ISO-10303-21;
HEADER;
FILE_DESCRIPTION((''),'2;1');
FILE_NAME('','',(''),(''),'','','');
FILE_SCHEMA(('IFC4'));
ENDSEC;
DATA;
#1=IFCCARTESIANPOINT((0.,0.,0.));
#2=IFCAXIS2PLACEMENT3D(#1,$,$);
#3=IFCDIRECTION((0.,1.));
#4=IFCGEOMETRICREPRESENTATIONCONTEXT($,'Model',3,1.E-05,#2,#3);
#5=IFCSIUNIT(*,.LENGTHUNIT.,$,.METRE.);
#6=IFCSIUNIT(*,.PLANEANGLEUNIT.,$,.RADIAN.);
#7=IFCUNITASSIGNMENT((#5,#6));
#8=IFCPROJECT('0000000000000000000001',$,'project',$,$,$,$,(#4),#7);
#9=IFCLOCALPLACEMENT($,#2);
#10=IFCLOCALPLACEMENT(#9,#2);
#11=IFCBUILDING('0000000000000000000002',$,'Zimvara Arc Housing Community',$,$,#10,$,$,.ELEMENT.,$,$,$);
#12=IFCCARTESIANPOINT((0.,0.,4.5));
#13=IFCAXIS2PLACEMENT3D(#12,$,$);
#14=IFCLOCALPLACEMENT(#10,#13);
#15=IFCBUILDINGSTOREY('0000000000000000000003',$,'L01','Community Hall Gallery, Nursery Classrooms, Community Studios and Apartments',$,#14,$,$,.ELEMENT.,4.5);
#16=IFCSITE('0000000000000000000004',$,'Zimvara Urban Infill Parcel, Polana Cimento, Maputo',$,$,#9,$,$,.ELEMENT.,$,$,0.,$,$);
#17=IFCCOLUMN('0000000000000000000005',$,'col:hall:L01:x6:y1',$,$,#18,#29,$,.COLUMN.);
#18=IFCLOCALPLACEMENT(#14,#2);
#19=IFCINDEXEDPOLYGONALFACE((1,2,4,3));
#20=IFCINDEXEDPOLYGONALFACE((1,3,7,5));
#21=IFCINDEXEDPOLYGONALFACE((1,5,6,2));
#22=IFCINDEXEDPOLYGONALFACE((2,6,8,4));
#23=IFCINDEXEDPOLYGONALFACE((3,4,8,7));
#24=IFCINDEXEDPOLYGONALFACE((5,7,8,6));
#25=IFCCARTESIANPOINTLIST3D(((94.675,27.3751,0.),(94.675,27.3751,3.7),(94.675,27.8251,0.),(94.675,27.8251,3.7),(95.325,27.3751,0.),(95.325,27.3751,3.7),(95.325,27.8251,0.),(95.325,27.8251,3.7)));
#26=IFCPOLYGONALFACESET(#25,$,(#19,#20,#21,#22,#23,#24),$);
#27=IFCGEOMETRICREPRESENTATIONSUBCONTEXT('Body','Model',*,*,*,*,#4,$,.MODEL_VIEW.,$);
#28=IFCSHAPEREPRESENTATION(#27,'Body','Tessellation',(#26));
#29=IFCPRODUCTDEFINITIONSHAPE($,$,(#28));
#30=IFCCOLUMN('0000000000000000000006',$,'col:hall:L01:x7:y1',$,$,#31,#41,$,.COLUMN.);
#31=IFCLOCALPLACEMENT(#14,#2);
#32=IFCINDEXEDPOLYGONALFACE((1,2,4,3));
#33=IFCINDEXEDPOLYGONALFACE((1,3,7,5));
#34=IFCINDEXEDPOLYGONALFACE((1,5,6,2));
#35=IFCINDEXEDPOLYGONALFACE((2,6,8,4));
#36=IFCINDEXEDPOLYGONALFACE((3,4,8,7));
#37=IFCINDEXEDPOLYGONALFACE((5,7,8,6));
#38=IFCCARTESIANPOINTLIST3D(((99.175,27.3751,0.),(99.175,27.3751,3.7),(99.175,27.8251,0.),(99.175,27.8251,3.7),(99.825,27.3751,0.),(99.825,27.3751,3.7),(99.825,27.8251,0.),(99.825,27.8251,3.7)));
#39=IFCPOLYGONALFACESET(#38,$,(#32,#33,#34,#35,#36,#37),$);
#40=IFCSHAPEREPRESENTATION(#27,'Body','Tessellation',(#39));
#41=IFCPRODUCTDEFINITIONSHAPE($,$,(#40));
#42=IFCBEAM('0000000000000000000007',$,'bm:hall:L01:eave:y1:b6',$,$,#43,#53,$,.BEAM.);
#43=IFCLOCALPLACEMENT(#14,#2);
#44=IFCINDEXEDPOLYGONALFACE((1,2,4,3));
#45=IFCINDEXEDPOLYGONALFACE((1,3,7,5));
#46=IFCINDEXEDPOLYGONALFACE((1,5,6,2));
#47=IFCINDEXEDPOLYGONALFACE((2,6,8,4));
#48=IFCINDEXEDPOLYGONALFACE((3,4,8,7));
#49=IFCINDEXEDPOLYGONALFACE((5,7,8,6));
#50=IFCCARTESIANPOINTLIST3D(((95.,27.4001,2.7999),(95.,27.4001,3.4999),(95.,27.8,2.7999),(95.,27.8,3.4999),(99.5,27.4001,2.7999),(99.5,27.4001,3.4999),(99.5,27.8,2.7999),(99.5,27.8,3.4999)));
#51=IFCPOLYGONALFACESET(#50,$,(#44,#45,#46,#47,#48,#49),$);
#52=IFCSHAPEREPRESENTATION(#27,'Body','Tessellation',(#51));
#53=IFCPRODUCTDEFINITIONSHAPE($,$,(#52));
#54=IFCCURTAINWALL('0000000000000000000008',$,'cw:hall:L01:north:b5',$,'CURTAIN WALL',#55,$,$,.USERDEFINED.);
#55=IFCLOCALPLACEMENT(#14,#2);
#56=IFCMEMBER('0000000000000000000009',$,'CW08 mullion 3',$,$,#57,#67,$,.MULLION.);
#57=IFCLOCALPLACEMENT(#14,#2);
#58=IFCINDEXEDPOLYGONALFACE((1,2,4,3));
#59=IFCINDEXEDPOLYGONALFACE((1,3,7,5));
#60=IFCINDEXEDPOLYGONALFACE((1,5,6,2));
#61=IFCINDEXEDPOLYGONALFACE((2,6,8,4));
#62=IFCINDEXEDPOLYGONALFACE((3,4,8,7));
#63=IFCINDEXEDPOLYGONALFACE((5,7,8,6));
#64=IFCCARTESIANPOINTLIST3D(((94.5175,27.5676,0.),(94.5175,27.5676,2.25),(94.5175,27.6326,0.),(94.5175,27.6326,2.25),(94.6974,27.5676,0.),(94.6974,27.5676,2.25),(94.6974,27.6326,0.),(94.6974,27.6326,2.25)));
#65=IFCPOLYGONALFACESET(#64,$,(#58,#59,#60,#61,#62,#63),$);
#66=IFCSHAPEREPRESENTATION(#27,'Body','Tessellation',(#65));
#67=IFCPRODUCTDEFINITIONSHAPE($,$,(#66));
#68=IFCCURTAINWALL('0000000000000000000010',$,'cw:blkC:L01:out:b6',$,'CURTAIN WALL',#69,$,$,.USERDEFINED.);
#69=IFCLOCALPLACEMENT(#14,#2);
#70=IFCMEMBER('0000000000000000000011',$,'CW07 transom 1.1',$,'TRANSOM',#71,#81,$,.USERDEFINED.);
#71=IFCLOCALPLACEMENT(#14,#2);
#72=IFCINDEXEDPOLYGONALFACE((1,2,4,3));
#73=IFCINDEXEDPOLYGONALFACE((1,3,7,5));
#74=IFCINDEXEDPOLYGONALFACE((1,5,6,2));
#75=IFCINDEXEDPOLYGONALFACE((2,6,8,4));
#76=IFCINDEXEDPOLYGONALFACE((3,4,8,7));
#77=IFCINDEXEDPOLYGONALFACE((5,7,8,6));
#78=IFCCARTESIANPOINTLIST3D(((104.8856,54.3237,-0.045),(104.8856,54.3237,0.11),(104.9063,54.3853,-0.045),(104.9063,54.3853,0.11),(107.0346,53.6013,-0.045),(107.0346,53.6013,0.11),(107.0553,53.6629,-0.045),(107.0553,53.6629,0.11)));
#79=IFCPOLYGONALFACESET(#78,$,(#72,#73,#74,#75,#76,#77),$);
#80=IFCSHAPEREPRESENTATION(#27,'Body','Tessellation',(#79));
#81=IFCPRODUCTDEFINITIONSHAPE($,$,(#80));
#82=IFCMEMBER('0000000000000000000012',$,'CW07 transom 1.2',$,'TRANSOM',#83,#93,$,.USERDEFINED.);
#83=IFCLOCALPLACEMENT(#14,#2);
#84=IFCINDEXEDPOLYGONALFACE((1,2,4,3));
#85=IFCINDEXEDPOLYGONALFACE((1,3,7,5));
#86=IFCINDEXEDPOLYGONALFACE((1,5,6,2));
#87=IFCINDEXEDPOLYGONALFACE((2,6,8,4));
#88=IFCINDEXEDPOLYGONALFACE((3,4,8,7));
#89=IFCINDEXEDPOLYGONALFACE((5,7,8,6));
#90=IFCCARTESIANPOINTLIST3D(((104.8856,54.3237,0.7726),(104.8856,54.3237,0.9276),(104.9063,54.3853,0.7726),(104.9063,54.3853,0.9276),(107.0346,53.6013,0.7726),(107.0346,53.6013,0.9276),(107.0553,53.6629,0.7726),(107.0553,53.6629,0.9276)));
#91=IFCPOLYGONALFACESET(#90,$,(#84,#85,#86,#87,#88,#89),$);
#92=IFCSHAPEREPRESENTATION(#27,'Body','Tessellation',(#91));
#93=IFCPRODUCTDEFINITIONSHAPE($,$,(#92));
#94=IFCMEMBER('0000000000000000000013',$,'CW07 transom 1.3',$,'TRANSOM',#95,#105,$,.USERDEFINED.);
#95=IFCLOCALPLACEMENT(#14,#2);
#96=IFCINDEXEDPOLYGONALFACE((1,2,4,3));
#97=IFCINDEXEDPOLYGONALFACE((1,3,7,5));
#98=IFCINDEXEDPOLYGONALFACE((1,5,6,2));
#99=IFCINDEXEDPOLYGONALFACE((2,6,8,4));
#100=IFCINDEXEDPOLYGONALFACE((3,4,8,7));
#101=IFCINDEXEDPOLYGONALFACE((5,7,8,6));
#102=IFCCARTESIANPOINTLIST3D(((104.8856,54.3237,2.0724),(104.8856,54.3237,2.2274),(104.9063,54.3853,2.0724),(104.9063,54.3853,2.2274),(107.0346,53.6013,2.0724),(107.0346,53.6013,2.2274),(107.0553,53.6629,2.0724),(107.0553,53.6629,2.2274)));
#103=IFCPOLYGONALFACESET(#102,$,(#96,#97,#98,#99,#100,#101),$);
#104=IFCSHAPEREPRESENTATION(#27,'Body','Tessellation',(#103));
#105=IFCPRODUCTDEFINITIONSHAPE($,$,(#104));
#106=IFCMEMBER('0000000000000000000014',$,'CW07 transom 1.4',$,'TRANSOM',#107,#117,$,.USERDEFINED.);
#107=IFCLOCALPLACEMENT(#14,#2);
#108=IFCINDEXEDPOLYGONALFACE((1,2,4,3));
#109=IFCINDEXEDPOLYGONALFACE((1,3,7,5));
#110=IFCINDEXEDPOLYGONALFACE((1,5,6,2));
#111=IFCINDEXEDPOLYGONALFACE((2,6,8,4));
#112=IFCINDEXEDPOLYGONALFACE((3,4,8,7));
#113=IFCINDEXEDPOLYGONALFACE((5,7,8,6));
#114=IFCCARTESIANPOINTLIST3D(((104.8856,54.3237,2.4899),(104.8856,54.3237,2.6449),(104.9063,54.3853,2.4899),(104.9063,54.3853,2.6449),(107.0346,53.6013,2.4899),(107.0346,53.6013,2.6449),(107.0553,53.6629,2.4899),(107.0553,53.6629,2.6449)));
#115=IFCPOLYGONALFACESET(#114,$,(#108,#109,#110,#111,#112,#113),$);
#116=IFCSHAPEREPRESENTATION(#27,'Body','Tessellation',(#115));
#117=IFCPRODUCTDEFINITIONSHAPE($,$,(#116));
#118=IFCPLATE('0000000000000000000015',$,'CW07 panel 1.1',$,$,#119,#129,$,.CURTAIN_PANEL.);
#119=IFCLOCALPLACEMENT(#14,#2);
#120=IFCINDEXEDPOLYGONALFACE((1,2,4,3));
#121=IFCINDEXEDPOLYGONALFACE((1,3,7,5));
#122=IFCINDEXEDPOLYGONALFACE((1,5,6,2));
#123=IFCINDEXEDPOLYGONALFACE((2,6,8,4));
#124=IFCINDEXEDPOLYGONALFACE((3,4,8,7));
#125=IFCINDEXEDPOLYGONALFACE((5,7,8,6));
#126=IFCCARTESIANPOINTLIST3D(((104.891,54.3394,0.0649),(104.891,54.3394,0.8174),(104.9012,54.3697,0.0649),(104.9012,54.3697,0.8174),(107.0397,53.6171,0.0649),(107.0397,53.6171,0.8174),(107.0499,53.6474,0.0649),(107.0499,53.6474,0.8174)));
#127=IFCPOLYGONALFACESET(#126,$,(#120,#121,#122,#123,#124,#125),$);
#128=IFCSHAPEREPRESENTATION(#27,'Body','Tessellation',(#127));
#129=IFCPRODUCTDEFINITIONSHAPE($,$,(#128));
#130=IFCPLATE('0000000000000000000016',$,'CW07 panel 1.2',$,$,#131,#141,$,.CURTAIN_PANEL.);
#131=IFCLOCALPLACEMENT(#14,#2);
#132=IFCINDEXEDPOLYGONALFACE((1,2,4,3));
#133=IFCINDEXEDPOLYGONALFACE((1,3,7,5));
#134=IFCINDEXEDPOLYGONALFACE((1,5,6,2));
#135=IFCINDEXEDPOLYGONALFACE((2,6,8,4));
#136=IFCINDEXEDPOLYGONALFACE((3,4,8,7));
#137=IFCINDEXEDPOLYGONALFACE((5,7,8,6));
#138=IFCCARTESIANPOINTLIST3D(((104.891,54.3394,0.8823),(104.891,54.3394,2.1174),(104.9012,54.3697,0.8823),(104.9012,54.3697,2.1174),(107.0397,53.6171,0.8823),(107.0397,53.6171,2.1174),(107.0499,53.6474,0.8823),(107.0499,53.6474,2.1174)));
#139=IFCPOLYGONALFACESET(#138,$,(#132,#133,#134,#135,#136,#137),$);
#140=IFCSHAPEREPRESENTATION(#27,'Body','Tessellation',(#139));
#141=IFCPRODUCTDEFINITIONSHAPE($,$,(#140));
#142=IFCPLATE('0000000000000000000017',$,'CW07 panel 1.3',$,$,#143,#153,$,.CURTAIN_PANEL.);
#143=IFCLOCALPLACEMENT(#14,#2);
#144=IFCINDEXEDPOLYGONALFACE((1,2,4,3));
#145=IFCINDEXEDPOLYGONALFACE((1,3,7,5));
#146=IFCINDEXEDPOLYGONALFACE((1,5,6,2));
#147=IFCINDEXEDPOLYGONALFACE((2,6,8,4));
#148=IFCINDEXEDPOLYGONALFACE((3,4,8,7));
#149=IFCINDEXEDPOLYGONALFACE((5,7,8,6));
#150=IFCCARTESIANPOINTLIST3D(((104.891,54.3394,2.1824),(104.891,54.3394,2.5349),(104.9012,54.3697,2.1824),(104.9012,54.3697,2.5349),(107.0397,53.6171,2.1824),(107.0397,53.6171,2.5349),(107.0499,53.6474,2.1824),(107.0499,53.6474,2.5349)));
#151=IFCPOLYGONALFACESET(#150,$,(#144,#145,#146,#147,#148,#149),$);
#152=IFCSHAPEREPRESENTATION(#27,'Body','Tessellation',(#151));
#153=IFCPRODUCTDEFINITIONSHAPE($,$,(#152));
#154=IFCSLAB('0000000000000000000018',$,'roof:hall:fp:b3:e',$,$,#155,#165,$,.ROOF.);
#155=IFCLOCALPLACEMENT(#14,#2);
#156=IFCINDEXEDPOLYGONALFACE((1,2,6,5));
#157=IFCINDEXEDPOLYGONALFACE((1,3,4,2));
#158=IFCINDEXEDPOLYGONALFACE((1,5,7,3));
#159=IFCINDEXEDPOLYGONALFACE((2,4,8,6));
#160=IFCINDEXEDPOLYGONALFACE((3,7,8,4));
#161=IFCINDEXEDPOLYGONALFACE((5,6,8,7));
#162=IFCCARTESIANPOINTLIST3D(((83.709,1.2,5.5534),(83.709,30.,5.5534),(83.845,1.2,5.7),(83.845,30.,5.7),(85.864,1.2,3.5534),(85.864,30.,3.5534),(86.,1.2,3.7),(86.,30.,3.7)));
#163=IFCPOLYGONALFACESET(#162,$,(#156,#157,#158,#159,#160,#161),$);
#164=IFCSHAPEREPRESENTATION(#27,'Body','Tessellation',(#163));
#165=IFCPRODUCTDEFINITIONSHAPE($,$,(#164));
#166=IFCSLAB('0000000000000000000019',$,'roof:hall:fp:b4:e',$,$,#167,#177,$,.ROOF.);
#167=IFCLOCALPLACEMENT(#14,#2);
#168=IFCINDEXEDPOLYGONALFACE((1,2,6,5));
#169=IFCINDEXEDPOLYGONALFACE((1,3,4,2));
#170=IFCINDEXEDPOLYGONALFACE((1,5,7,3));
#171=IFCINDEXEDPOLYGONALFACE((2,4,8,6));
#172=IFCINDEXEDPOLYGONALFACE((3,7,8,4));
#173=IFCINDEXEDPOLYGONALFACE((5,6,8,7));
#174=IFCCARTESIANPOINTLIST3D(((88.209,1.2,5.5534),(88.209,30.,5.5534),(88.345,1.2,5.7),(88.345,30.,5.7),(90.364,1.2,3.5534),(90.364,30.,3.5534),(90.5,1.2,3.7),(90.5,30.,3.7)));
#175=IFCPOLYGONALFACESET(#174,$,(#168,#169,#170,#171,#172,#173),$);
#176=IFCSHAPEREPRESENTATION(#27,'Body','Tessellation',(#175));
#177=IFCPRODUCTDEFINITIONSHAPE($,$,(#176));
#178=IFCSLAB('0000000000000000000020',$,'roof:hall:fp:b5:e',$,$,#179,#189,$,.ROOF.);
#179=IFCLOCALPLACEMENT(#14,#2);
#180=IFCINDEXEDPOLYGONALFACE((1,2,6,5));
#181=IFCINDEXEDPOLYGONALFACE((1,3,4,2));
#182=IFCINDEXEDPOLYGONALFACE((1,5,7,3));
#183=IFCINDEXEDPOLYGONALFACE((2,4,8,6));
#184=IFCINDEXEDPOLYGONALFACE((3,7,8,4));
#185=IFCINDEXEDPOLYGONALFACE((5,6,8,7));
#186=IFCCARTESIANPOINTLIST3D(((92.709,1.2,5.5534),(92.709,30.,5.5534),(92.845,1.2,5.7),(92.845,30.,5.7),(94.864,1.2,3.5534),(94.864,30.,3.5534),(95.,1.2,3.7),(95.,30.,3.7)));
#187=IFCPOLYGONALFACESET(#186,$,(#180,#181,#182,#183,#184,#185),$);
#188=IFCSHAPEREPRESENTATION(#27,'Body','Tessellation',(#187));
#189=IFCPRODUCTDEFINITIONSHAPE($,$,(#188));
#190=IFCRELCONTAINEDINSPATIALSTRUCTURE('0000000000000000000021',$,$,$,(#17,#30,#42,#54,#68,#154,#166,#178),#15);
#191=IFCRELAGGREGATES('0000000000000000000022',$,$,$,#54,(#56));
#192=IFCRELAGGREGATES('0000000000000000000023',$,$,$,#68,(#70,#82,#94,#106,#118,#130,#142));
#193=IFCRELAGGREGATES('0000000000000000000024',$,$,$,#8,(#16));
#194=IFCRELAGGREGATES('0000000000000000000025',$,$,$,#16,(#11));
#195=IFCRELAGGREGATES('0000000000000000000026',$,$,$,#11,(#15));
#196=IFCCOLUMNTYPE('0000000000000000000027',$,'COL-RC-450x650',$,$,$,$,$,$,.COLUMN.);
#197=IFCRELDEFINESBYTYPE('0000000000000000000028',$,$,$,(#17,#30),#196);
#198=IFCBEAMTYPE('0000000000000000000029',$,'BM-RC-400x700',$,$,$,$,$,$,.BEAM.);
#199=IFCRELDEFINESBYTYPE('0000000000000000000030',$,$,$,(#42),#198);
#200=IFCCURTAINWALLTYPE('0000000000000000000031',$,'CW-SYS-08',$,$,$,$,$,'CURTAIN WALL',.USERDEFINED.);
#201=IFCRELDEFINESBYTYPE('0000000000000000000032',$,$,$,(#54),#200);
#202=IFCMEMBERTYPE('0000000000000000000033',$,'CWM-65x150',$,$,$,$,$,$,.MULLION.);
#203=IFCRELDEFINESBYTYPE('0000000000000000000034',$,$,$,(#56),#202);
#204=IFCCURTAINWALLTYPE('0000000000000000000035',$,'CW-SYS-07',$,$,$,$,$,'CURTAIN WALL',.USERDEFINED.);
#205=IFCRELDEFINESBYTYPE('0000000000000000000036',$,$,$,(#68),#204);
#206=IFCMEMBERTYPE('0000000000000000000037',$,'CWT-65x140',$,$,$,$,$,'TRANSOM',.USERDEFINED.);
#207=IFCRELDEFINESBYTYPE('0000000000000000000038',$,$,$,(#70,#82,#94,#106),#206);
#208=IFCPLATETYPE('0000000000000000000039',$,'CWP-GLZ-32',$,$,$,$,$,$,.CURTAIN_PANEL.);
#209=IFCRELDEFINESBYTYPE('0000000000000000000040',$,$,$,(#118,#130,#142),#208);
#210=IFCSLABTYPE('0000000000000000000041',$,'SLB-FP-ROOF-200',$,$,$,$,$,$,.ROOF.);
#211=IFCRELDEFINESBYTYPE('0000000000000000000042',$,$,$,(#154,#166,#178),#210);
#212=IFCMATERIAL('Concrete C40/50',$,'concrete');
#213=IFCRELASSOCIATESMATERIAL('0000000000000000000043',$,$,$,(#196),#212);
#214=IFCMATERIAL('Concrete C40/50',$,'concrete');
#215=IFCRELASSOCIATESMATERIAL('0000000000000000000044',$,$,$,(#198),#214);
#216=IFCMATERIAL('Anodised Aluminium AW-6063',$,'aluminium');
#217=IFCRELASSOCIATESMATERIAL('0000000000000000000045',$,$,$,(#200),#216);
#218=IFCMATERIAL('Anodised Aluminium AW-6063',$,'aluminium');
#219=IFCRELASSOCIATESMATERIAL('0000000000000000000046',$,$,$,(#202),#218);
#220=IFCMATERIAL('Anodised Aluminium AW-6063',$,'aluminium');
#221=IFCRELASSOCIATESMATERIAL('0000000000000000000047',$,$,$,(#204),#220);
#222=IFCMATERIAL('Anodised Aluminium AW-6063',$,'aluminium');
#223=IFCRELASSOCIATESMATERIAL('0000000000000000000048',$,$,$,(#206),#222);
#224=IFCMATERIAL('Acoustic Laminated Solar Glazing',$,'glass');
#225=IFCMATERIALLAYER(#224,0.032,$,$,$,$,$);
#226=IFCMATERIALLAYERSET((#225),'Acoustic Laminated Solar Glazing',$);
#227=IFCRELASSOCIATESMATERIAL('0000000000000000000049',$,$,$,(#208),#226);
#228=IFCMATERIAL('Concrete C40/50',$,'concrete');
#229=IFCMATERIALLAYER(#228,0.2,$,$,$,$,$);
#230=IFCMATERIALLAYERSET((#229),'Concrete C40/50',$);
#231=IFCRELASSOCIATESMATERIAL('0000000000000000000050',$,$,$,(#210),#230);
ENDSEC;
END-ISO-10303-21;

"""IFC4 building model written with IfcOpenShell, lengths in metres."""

from ifc_helpers import new_model, si_unit, direction, frame, origin, origin_2d, place, context, subcontext, project, spatial, polyline, rectangle, outline, extrude, material, layer, layer_set, material_profile, profile_set, type_object, element, aggregate, save


model = new_model("IFC4")

# Units and contexts
model_context = context("Model", 3, precision=1e-05, world=origin(), true_north=direction((0.0, 1.0)))
body_context = subcontext(model_context, "Body", "Model", "MODEL_VIEW")
ifc_project = project(units=[si_unit("LENGTHUNIT", "METRE"), si_unit("PLANEANGLEUNIT", "RADIAN")], contexts=[model_context])

# Site, building, storey
site_placement = place(None, origin())
site = spatial("IfcSite", under=ifc_project, at=site_placement, Name="Zimvara Urban Infill Parcel, Polana Cimento, Maputo", CompositionType="ELEMENT", RefElevation=0.0)
building_placement = place(site_placement, origin())
building = spatial("IfcBuilding", under=site, at=building_placement, Name="Zimvara Arc Housing Community", CompositionType="ELEMENT")
storey_placement = place(building_placement, frame((0.0, 0.0, 4.5)))
storey = spatial("IfcBuildingStorey", under=building, at=storey_placement, Name="L01", Description="Community Hall Gallery, Nursery Classrooms, Community Studios and Apartments", CompositionType="ELEMENT", Elevation=4.5)

# Columns
ifc_material_1 = material(Name="Concrete C40/50", Category="concrete")
ifc_material_profile_1 = material_profile(ifc_material_1, rectangle(XDim=0.45, YDim=0.6499, at=origin_2d()), Name="RC 450x650")
ifc_profile_set_1 = profile_set([ifc_material_profile_1], Name="Concrete C40/50")
column_type = type_object("IfcColumnType", Name="COL-RC-450x650", PredefinedType="COLUMN", material=ifc_profile_set_1)
for number, where, z_axis, x_axis, name in (
    (1, (95.0, 27.6001, 0.0), (0.0, 0.0, 1.0), (0.0, 1.0, 0.0), "col:hall:L01:x6:y1"),
    (2, (99.5, 27.6001, 0.0), (0.0, 0.0, 1.0), (0.0, 1.0, 0.0), "col:hall:L01:x7:y1"),
):
    element("IfcColumn", number, at=place(storey_placement, frame(where, z_axis=z_axis, x_axis=x_axis)), inside=storey, type_object=column_type, Name=name, PredefinedType="COLUMN", context=body_context, shape_type="SweptSolid", body=[
        extrude(rectangle(XDim=0.45, YDim=0.6499, at=origin_2d()), origin(), (0.0, 0.0, 1.0), 3.7),
    ])

# Beam
ifc_material_2 = material(Name="Concrete C40/50", Category="concrete")
ifc_material_profile_2 = material_profile(ifc_material_2, rectangle(XDim=0.3999, YDim=0.7, at=origin_2d()), Name="RC 400x700")
ifc_profile_set_2 = profile_set([ifc_material_profile_2], Name="Concrete C40/50")
beam_type = type_object("IfcBeamType", Name="BM-RC-400x700", PredefinedType="BEAM", material=ifc_profile_set_2)
beam_placement = place(storey_placement, frame((95.0, 27.6001, 3.1499), z_axis=(1.0, 0.0, 0.0), x_axis=(0.0, 1.0, 0.0)))
element("IfcBeam", 3, at=beam_placement, inside=storey, type_object=beam_type, Name="bm:hall:L01:eave:y1:b6", PredefinedType="BEAM", context=body_context, shape_type="SweptSolid", body=[
    extrude(rectangle(XDim=0.3999, YDim=0.7, at=origin_2d()), origin(), (0.0, 0.0, 1.0), 4.5),
])

# Curtain wall, member
ifc_material_3 = material(Name="Anodised Aluminium AW-6063", Category="aluminium")
curtain_wall_type_1 = type_object("IfcCurtainWallType", Name="CW-SYS-08", ElementType="CURTAIN WALL", PredefinedType="USERDEFINED", material=ifc_material_3)
curtain_wall_1_placement = place(storey_placement, origin())
curtain_wall_1 = element("IfcCurtainWall", 4, at=curtain_wall_1_placement, inside=storey, type_object=curtain_wall_type_1, Name="cw:hall:L01:north:b5", ObjectType="CURTAIN WALL", PredefinedType="USERDEFINED")
ifc_material_4 = material(Name="Anodised Aluminium AW-6063", Category="aluminium")
ifc_material_profile_3 = material_profile(ifc_material_4, rectangle(XDim=0.0649, YDim=0.1799, at=origin_2d()), Name="ALU 65x180")
ifc_profile_set_3 = profile_set([ifc_material_profile_3], Name="Anodised Aluminium AW-6063")
member_type_1 = type_object("IfcMemberType", Name="CWM-65x150", PredefinedType="MULLION", material=ifc_profile_set_3)
member_1_placement = place(storey_placement, frame((94.6074, 27.6001, 0.0), z_axis=(0.0, 0.0, 1.0), x_axis=(0.0, 1.0, 0.0)))
member_1 = element("IfcMember", 5, at=member_1_placement, type_object=member_type_1, Name="CW08 mullion 3", PredefinedType="MULLION", context=body_context, shape_type="SweptSolid", body=[
    extrude(rectangle(XDim=0.0649, YDim=0.1799, at=origin_2d()), origin(), (0.0, 0.0, 1.0), 2.25),
])
aggregate(curtain_wall_1, [member_1])

# Curtain wall, members, plates
ifc_material_5 = material(Name="Anodised Aluminium AW-6063", Category="aluminium")
curtain_wall_type_2 = type_object("IfcCurtainWallType", Name="CW-SYS-07", ElementType="CURTAIN WALL", PredefinedType="USERDEFINED", material=ifc_material_5)
curtain_wall_2_placement = place(storey_placement, origin())
curtain_wall_2 = element("IfcCurtainWall", 6, at=curtain_wall_2_placement, inside=storey, type_object=curtain_wall_type_2, Name="cw:blkC:L01:out:b6", ObjectType="CURTAIN WALL", PredefinedType="USERDEFINED")
ifc_material_6 = material(Name="Anodised Aluminium AW-6063", Category="aluminium")
ifc_material_profile_4 = material_profile(ifc_material_6, rectangle(XDim=0.0649, YDim=0.155, at=origin_2d()), Name="ALU 65x155")
ifc_profile_set_4 = profile_set([ifc_material_profile_4], Name="Anodised Aluminium AW-6063")
member_type_2 = type_object("IfcMemberType", Name="CWT-65x140", ElementType="TRANSOM", PredefinedType="USERDEFINED", material=ifc_profile_set_4)
member_2_placement = place(storey_placement, frame((104.896, 54.3545, 0.0325), z_axis=(0.947873, -0.31865, 0.0), x_axis=(0.31865, 0.947873, 0.0)))
member_2 = element("IfcMember", 7, at=member_2_placement, type_object=member_type_2, Name="CW07 transom 1.1", ObjectType="TRANSOM", PredefinedType="USERDEFINED", context=body_context, shape_type="SweptSolid", body=[
    extrude(rectangle(XDim=0.0649, YDim=0.155, at=origin_2d()), origin(), (0.0, 0.0, 1.0), 2.2671),
])
member_3_placement = place(storey_placement, frame((104.896, 54.3545, 0.8501), z_axis=(0.947873, -0.31865, 0.0), x_axis=(0.31865, 0.947873, 0.0)))
member_3 = element("IfcMember", 8, at=member_3_placement, type_object=member_type_2, Name="CW07 transom 1.2", ObjectType="TRANSOM", PredefinedType="USERDEFINED", context=body_context, shape_type="SweptSolid", body=[
    extrude(rectangle(XDim=0.0649, YDim=0.155, at=origin_2d()), origin(), (0.0, 0.0, 1.0), 2.2671),
])
member_4_placement = place(storey_placement, frame((104.896, 54.3545, 2.1499), z_axis=(0.947873, -0.31865, 0.0), x_axis=(0.31865, 0.947873, 0.0)))
member_4 = element("IfcMember", 9, at=member_4_placement, type_object=member_type_2, Name="CW07 transom 1.3", ObjectType="TRANSOM", PredefinedType="USERDEFINED", context=body_context, shape_type="SweptSolid", body=[
    extrude(rectangle(XDim=0.0649, YDim=0.155, at=origin_2d()), origin(), (0.0, 0.0, 1.0), 2.2671),
])
member_5_placement = place(storey_placement, frame((104.896, 54.3545, 2.5674), z_axis=(0.947873, -0.31865, 0.0), x_axis=(0.31865, 0.947873, 0.0)))
member_5 = element("IfcMember", 10, at=member_5_placement, type_object=member_type_2, Name="CW07 transom 1.4", ObjectType="TRANSOM", PredefinedType="USERDEFINED", context=body_context, shape_type="SweptSolid", body=[
    extrude(rectangle(XDim=0.0649, YDim=0.155, at=origin_2d()), origin(), (0.0, 0.0, 1.0), 2.2671),
])
ifc_material_7 = material(Name="Acoustic Laminated Solar Glazing", Category="glass")
ifc_layer_1 = layer(ifc_material_7, 0.032)
ifc_layer_set_1 = layer_set([ifc_layer_1], Name="Acoustic Laminated Solar Glazing")
plate_type = type_object("IfcPlateType", Name="CWP-GLZ-32", PredefinedType="CURTAIN_PANEL", material=ifc_layer_set_1)
plate_1_placement = place(storey_placement, frame((105.9705, 53.9934, 0.0649), z_axis=(0.0, 0.0, 1.0), x_axis=(0.94788, -0.318629, 0.0)))
plate_1 = element("IfcPlate", 11, at=plate_1_placement, type_object=plate_type, Name="CW07 panel 1.1", PredefinedType="CURTAIN_PANEL", context=body_context, shape_type="SweptSolid", body=[
    extrude(rectangle(XDim=2.2668, YDim=0.032, at=origin_2d()), origin(), (0.0, 0.0, 1.0), 0.7524),
])
plate_2_placement = place(storey_placement, frame((105.9705, 53.9934, 0.8823), z_axis=(0.0, 0.0, 1.0), x_axis=(0.94788, -0.318629, 0.0)))
plate_2 = element("IfcPlate", 12, at=plate_2_placement, type_object=plate_type, Name="CW07 panel 1.2", PredefinedType="CURTAIN_PANEL", context=body_context, shape_type="SweptSolid", body=[
    extrude(rectangle(XDim=2.2668, YDim=0.032, at=origin_2d()), origin(), (0.0, 0.0, 1.0), 1.2351),
])
plate_3_placement = place(storey_placement, frame((105.9705, 53.9934, 2.1824), z_axis=(0.0, 0.0, 1.0), x_axis=(0.94788, -0.318629, 0.0)))
plate_3 = element("IfcPlate", 13, at=plate_3_placement, type_object=plate_type, Name="CW07 panel 1.3", PredefinedType="CURTAIN_PANEL", context=body_context, shape_type="SweptSolid", body=[
    extrude(rectangle(XDim=2.2668, YDim=0.032, at=origin_2d()), origin(), (0.0, 0.0, 1.0), 0.3525),
])
aggregate(curtain_wall_2, [member_2, member_3, member_4, member_5, plate_1, plate_2, plate_3])

# Slabs
ifc_material_8 = material(Name="Concrete C40/50", Category="concrete")
ifc_layer_2 = layer(ifc_material_8, 0.2)
ifc_layer_set_2 = layer_set([ifc_layer_2], Name="Concrete C40/50")
slab_type = type_object("IfcSlabType", Name="SLB-FP-ROOF-200", PredefinedType="ROOF", material=ifc_layer_set_2)
for number, where, z_axis, x_axis, name in (
    (14, (83.845, 30.0, 5.7), (0.68025, 0.0, 0.73298), (0.73298, 0.0, -0.68025), "roof:hall:fp:b3:e"),
    (15, (88.345, 30.0, 5.7), (0.68025, 0.0, 0.73298), (0.73298, 0.0, -0.68025), "roof:hall:fp:b4:e"),
    (16, (92.845, 30.0, 5.7), (0.68025, 0.0, 0.73298), (0.73298, 0.0, -0.68025), "roof:hall:fp:b5:e"),
):
    element("IfcSlab", number, at=place(storey_placement, frame(where, z_axis=z_axis, x_axis=x_axis)), inside=storey, type_object=slab_type, Name=name, PredefinedType="ROOF", context=body_context, shape_type="SweptSolid", body=[
        extrude(outline(polyline([(0.0, 0.0), (2.9401, 0.0), (2.9401, -28.8), (0.0, -28.8), (0.0, 0.0)])), origin(), (0.0, 0.0, -1.0), 0.2),
    ])

save(model, "model.ifc")
